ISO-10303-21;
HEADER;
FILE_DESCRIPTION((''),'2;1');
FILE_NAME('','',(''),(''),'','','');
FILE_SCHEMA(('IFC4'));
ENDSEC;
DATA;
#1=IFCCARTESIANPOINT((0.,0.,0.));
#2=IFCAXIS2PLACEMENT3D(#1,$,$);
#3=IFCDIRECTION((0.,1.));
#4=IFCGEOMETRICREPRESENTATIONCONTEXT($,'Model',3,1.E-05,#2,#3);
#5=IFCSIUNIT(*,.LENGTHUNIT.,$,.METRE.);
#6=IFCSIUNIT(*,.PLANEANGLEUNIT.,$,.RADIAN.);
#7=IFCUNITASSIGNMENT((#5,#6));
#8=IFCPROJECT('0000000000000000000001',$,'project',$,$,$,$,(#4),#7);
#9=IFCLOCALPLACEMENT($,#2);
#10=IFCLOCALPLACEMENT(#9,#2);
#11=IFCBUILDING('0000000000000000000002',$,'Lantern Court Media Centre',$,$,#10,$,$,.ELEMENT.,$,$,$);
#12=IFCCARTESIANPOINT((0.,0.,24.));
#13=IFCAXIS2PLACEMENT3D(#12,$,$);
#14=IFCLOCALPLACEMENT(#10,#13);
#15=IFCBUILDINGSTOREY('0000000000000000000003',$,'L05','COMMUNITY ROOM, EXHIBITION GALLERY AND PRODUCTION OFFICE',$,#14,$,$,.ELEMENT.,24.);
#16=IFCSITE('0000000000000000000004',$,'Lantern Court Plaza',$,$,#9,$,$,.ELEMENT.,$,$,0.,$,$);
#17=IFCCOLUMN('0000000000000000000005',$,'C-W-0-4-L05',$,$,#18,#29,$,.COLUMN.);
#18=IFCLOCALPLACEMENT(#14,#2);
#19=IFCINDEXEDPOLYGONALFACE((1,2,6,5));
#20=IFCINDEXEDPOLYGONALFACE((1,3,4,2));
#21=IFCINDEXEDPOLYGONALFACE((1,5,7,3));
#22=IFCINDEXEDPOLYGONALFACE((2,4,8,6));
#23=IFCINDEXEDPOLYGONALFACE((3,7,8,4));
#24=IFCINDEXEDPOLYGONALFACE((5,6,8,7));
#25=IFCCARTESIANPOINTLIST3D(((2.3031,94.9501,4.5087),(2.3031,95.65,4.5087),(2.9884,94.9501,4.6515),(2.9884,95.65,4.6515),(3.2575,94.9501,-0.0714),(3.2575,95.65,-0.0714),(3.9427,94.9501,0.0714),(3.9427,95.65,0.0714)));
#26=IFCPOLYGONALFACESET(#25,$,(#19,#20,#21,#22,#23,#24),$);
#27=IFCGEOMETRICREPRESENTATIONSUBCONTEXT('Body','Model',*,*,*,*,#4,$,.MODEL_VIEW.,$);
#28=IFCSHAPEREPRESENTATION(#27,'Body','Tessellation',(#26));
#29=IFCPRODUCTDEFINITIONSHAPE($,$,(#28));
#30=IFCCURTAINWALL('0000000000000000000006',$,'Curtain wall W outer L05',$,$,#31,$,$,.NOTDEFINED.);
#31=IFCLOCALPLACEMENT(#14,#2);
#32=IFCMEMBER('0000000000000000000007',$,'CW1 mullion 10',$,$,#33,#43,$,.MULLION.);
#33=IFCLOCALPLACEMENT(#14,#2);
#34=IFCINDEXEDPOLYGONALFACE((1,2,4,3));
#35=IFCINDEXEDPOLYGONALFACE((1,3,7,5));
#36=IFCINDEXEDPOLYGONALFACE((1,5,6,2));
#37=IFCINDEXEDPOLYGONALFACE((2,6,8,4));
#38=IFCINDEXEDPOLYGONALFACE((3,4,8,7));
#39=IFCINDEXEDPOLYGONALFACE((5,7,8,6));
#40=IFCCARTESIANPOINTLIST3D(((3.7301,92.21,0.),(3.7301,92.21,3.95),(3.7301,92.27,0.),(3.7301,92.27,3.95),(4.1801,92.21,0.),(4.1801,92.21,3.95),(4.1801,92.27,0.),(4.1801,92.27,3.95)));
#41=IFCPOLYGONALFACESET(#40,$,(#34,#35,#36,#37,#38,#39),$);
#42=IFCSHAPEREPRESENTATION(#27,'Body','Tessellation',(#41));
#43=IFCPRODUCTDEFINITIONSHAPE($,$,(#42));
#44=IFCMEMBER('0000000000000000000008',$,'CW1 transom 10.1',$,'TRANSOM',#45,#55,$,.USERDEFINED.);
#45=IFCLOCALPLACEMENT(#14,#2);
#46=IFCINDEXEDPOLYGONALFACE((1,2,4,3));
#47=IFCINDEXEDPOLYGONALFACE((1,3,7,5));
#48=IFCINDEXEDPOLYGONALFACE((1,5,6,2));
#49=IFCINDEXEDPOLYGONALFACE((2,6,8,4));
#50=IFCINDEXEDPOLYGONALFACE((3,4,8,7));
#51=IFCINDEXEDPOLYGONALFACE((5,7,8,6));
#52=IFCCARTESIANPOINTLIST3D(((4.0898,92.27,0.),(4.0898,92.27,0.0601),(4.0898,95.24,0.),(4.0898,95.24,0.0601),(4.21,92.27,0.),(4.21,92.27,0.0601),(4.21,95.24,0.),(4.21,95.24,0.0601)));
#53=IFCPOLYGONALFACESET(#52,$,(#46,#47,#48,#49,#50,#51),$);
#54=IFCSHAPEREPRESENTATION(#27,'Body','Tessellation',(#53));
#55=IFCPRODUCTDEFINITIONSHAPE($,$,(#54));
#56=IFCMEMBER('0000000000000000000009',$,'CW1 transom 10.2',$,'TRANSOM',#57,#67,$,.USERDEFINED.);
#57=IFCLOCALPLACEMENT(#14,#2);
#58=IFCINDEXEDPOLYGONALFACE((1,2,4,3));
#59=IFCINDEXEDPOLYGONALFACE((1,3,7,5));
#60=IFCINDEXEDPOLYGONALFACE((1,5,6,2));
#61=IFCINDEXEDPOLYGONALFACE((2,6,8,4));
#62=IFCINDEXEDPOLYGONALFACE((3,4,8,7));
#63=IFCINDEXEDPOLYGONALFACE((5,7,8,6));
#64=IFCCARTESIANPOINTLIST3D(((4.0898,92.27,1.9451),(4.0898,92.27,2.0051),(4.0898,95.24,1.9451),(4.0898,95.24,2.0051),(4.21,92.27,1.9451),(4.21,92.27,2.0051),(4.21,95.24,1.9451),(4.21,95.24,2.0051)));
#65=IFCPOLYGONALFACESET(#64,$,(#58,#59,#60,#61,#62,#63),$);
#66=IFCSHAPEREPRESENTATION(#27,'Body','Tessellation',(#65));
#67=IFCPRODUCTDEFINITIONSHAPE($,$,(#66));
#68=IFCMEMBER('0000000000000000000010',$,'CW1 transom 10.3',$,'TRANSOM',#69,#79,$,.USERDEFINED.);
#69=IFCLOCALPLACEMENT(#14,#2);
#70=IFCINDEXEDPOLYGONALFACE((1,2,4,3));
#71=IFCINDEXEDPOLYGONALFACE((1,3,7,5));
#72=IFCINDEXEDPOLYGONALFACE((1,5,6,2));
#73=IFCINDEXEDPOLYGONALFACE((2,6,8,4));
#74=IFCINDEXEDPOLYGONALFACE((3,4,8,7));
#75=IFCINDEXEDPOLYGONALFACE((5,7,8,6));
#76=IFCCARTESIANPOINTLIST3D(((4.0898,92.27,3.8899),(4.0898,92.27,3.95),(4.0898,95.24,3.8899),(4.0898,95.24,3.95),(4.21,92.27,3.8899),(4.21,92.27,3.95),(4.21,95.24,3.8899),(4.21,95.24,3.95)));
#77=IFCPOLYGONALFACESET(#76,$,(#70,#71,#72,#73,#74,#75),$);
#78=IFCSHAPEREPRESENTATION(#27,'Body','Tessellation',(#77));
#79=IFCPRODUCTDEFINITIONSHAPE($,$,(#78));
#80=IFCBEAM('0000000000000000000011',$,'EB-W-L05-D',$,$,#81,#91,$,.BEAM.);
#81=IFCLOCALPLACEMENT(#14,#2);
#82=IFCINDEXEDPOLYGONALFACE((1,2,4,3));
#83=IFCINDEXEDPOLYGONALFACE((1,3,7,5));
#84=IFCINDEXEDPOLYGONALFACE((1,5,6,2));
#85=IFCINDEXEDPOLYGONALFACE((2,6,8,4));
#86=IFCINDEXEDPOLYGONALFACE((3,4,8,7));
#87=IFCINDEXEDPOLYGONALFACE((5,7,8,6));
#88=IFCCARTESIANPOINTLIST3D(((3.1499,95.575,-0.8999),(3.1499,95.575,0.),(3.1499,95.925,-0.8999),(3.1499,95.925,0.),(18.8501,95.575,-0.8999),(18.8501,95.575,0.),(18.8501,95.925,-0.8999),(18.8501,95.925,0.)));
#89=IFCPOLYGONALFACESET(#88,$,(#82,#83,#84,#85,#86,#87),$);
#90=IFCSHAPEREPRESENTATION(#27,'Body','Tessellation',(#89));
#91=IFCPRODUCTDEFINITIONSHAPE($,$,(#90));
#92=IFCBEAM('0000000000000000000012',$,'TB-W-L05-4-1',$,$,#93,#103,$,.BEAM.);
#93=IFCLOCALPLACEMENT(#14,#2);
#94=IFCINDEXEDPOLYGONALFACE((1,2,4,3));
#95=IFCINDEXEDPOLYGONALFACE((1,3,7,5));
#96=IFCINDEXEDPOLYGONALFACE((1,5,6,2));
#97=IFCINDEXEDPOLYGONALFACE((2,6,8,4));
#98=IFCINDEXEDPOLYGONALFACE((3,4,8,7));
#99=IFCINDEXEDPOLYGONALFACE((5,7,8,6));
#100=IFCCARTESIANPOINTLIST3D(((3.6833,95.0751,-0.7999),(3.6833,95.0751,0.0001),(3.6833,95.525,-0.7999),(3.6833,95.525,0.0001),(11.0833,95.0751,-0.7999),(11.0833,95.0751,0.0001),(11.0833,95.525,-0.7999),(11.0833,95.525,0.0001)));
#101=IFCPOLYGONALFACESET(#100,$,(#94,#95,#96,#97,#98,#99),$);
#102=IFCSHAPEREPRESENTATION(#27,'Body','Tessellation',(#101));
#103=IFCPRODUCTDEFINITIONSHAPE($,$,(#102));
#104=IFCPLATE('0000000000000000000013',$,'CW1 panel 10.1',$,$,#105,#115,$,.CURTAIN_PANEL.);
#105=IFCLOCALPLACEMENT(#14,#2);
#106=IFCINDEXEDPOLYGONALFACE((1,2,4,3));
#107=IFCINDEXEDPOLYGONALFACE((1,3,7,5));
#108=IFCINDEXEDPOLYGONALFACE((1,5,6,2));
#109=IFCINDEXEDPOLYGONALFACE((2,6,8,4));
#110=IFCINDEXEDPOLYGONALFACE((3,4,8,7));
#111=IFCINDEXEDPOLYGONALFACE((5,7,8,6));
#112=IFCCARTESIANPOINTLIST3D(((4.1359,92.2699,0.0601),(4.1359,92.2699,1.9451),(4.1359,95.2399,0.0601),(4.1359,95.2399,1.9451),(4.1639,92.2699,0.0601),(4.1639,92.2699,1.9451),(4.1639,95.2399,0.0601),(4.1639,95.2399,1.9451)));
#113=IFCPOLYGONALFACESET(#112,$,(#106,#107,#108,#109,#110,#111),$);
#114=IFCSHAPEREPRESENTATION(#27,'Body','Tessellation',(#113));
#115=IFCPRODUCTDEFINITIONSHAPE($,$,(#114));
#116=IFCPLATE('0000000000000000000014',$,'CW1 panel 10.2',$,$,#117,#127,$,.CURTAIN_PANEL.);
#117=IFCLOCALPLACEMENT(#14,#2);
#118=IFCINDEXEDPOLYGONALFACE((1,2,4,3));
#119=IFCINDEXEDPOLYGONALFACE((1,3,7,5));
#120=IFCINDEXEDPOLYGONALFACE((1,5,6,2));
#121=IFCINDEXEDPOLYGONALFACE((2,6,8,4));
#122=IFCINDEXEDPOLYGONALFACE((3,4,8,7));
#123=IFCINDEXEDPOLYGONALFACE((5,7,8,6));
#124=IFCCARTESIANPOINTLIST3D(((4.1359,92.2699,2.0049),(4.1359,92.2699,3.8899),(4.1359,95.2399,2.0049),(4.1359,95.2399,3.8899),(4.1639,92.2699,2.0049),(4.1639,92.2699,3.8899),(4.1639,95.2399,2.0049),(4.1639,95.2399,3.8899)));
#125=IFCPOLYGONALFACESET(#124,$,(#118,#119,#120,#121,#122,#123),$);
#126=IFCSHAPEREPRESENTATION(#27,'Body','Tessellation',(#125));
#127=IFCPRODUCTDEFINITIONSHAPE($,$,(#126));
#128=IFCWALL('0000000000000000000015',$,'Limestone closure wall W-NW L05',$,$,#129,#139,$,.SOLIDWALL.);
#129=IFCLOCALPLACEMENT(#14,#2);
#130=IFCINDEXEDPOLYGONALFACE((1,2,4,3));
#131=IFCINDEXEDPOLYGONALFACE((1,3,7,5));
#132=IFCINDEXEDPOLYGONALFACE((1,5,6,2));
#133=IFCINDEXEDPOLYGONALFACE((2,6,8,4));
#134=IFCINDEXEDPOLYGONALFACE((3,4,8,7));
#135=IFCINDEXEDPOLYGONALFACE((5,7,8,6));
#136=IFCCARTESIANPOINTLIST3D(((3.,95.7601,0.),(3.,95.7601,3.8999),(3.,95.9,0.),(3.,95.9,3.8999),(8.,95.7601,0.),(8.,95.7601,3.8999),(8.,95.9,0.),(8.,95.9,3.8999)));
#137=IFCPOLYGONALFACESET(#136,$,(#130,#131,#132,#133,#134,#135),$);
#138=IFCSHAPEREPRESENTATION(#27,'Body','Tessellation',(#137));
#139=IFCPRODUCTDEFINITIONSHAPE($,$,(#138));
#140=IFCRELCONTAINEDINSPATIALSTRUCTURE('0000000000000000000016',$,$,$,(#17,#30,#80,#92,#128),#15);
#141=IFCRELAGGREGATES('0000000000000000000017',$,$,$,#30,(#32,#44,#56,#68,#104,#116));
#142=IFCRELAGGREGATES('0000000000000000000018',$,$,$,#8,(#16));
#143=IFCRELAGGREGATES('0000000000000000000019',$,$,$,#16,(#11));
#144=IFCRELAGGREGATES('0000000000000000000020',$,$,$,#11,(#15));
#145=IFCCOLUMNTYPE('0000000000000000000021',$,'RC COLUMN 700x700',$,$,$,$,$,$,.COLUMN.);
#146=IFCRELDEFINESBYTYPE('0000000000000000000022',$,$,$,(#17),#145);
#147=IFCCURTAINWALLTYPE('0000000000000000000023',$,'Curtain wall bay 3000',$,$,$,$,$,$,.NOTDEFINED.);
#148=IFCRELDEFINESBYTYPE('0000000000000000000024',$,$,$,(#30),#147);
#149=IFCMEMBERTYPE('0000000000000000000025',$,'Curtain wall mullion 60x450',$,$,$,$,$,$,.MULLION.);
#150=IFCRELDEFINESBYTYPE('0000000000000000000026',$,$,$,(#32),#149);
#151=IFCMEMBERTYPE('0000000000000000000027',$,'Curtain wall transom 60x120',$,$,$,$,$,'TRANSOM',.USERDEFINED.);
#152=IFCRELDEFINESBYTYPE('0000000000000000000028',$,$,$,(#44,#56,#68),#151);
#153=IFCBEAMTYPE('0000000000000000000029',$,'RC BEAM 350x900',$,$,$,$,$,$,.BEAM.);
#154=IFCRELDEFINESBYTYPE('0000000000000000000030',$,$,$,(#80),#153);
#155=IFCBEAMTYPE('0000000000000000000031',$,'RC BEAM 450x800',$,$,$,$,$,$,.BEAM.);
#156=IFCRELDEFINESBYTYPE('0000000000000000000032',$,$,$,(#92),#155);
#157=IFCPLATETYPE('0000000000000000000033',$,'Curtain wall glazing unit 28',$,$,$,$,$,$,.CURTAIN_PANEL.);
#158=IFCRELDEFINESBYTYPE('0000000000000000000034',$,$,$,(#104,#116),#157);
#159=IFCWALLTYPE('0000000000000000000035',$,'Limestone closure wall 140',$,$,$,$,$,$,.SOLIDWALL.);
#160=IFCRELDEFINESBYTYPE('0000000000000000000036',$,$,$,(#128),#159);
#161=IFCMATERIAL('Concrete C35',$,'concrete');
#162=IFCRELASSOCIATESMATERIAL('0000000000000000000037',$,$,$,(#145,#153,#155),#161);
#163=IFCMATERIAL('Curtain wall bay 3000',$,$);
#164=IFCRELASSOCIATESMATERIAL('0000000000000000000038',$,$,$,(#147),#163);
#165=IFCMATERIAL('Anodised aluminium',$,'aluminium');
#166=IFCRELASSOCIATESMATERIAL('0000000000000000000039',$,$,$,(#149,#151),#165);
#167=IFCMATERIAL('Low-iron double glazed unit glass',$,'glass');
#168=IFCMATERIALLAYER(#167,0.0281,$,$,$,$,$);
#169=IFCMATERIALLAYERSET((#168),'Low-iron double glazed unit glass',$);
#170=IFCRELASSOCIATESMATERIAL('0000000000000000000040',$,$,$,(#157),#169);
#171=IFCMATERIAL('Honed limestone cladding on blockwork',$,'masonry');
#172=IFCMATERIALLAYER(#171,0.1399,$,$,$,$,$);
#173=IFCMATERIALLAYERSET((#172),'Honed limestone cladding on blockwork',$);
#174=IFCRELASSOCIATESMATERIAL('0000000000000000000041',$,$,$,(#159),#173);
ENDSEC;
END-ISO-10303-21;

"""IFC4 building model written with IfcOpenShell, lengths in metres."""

from ifc_helpers import new_model, si_unit, direction, frame, frame_2d, origin, origin_2d, place, context, subcontext, project, spatial, rectangle, extrude, material, layer, layer_set, material_profile, profile_set, type_object, element, aggregate, save


model = new_model("IFC4")

# Units and contexts
model_context = context("Model", 3, precision=1e-05, world=origin(), true_north=direction((0.0, 1.0)))
body_context = subcontext(model_context, "Body", "Model", "MODEL_VIEW")
ifc_project = project(units=[si_unit("LENGTHUNIT", "METRE"), si_unit("PLANEANGLEUNIT", "RADIAN")], contexts=[model_context])

# Site, building, storey
site_placement = place(None, origin())
site = spatial("IfcSite", under=ifc_project, at=site_placement, Name="Lantern Court Plaza", CompositionType="ELEMENT", RefElevation=0.0)
building_placement = place(site_placement, origin())
building = spatial("IfcBuilding", under=site, at=building_placement, Name="Lantern Court Media Centre", CompositionType="ELEMENT")
storey_placement = place(building_placement, frame((0.0, 0.0, 24.0)))
storey = spatial("IfcBuildingStorey", under=building, at=storey_placement, Name="L05", Description="COMMUNITY ROOM, EXHIBITION GALLERY AND PRODUCTION OFFICE", CompositionType="ELEMENT", Elevation=24.0)

# Column
ifc_material_1 = material(Name="Concrete C35", Category="concrete")
ifc_material_profile_1 = material_profile(ifc_material_1, rectangle(XDim=0.7, YDim=0.7, at=origin_2d()), Name="RC 700x700")
ifc_profile_set_1 = profile_set([ifc_material_profile_1], Name="Concrete C35")
column_type = type_object("IfcColumnType", Name="RC COLUMN 700x700", PredefinedType="COLUMN", material=ifc_profile_set_1)
column_placement = place(storey_placement, frame((3.6001, 95.3, 0.0), z_axis=(-0.203988, 0.0, 0.978973), x_axis=(0.0, -1.0, 0.0)))
element("IfcColumn", 1, at=column_placement, inside=storey, type_object=column_type, Name="C-W-0-4-L05", PredefinedType="COLUMN", context=body_context, shape_type="SweptSolid", body=[
    extrude(rectangle(XDim=0.7, YDim=0.7, at=origin_2d()), origin(), (0.0, 0.0, 1.0), 4.6785),
])

# Curtain wall, members
ifc_material_2 = material(Name="Curtain wall bay 3000")
curtain_wall_type = type_object("IfcCurtainWallType", Name="Curtain wall bay 3000", PredefinedType="NOTDEFINED", material=ifc_material_2)
curtain_wall_placement = place(storey_placement, origin())
curtain_wall = element("IfcCurtainWall", 2, at=curtain_wall_placement, inside=storey, type_object=curtain_wall_type, Name="Curtain wall W outer L05", PredefinedType="NOTDEFINED")
ifc_material_3 = material(Name="Anodised aluminium", Category="aluminium")
ifc_material_profile_2 = material_profile(ifc_material_3, rectangle(XDim=0.45, YDim=0.0601, at=origin_2d()), Name="AL 60x450")
ifc_profile_set_2 = profile_set([ifc_material_profile_2], Name="Anodised aluminium")
member_type_1 = type_object("IfcMemberType", Name="Curtain wall mullion 60x450", PredefinedType="MULLION", material=ifc_profile_set_2)
member_1_placement = place(storey_placement, frame((3.9551, 92.24, 0.0), z_axis=(0.0, 0.0, 1.0), x_axis=(-1.0, 0.0, 0.0)))
member_1 = element("IfcMember", 3, at=member_1_placement, type_object=member_type_1, Name="CW1 mullion 10", PredefinedType="MULLION", context=body_context, shape_type="SweptSolid", body=[
    extrude(rectangle(XDim=0.45, YDim=0.0601, at=origin_2d()), origin(), (0.0, 0.0, 1.0), 3.95),
])
ifc_material_profile_3 = material_profile(ifc_material_3, rectangle(XDim=0.1201, YDim=0.0601, at=origin_2d()), Name="AL 60x120")
ifc_profile_set_3 = profile_set([ifc_material_profile_3], Name="Anodised aluminium")
member_type_2 = type_object("IfcMemberType", Name="Curtain wall transom 60x120", ElementType="TRANSOM", PredefinedType="USERDEFINED", material=ifc_profile_set_3)
member_2_placement = place(storey_placement, frame((4.1499, 92.27, 0.03), z_axis=(0.0, 1.0, 0.0), x_axis=(-1.0, 0.0, 0.0)))
member_2 = element("IfcMember", 4, at=member_2_placement, type_object=member_type_2, Name="CW1 transom 10.1", ObjectType="TRANSOM", PredefinedType="USERDEFINED", context=body_context, shape_type="SweptSolid", body=[
    extrude(rectangle(XDim=0.1201, YDim=0.0601, at=origin_2d()), origin(), (0.0, 0.0, 1.0), 2.97),
])
member_3_placement = place(storey_placement, frame((4.1499, 92.27, 1.9751), z_axis=(0.0, 1.0, 0.0), x_axis=(-1.0, 0.0, 0.0)))
member_3 = element("IfcMember", 5, at=member_3_placement, type_object=member_type_2, Name="CW1 transom 10.2", ObjectType="TRANSOM", PredefinedType="USERDEFINED", context=body_context, shape_type="SweptSolid", body=[
    extrude(rectangle(XDim=0.1201, YDim=0.0601, at=origin_2d()), origin(), (0.0, 0.0, 1.0), 2.97),
])
member_4_placement = place(storey_placement, frame((4.1499, 92.27, 3.9199), z_axis=(0.0, 1.0, 0.0), x_axis=(-1.0, 0.0, 0.0)))
member_4 = element("IfcMember", 6, at=member_4_placement, type_object=member_type_2, Name="CW1 transom 10.3", ObjectType="TRANSOM", PredefinedType="USERDEFINED", context=body_context, shape_type="SweptSolid", body=[
    extrude(rectangle(XDim=0.1201, YDim=0.0601, at=origin_2d()), origin(), (0.0, 0.0, 1.0), 2.97),
])

# Beams
ifc_material_profile_4 = material_profile(ifc_material_1, rectangle(XDim=0.3501, YDim=0.8999, at=origin_2d()), Name="RC 350x900")
ifc_profile_set_4 = profile_set([ifc_material_profile_4], Name="Concrete C35")
beam_type_1 = type_object("IfcBeamType", Name="RC BEAM 350x900", PredefinedType="BEAM", material=ifc_profile_set_4)
beam_1_placement = place(storey_placement, frame((3.1499, 95.75, -0.45), z_axis=(1.0, 0.0, 0.0), x_axis=(0.0, 1.0, 0.0)))
element("IfcBeam", 7, at=beam_1_placement, inside=storey, type_object=beam_type_1, Name="EB-W-L05-D", PredefinedType="BEAM", context=body_context, shape_type="SweptSolid", body=[
    extrude(rectangle(XDim=0.3501, YDim=0.8999, at=origin_2d()), origin(), (0.0, 0.0, 1.0), 15.7002),
])
ifc_material_profile_5 = material_profile(ifc_material_1, rectangle(XDim=0.45, YDim=0.8, at=origin_2d()), Name="RC 450x800")
ifc_profile_set_5 = profile_set([ifc_material_profile_5], Name="Concrete C35")
beam_type_2 = type_object("IfcBeamType", Name="RC BEAM 450x800", PredefinedType="BEAM", material=ifc_profile_set_5)
beam_2_placement = place(storey_placement, frame((3.6833, 95.3, -0.3999), z_axis=(1.0, 0.0, 0.0), x_axis=(0.0, 1.0, 0.0)))
element("IfcBeam", 8, at=beam_2_placement, inside=storey, type_object=beam_type_2, Name="TB-W-L05-4-1", PredefinedType="BEAM", context=body_context, shape_type="SweptSolid", body=[
    extrude(rectangle(XDim=0.45, YDim=0.8, at=origin_2d()), origin(), (0.0, 0.0, 1.0), 7.3999),
])

# Plates
ifc_material_4 = material(Name="Low-iron double glazed unit glass", Category="glass")
ifc_layer_1 = layer(ifc_material_4, 0.0281)
ifc_layer_set_1 = layer_set([ifc_layer_1], Name="Low-iron double glazed unit glass")
plate_type = type_object("IfcPlateType", Name="Curtain wall glazing unit 28", PredefinedType="CURTAIN_PANEL", material=ifc_layer_set_1)
plate_1_placement = place(storey_placement, frame((4.1499, 93.7549, 0.0601), z_axis=(0.0, 0.0, 1.0), x_axis=(0.0, 1.0, 0.0)))
plate_1 = element("IfcPlate", 9, at=plate_1_placement, type_object=plate_type, Name="CW1 panel 10.1", PredefinedType="CURTAIN_PANEL", context=body_context, shape_type="SweptSolid", body=[
    extrude(rectangle(XDim=2.97, YDim=0.0281, at=origin_2d()), origin(), (0.0, 0.0, 1.0), 1.885),
])
plate_2_placement = place(storey_placement, frame((4.1499, 93.7549, 2.0049), z_axis=(0.0, 0.0, 1.0), x_axis=(0.0, 1.0, 0.0)))
plate_2 = element("IfcPlate", 10, at=plate_2_placement, type_object=plate_type, Name="CW1 panel 10.2", PredefinedType="CURTAIN_PANEL", context=body_context, shape_type="SweptSolid", body=[
    extrude(rectangle(XDim=2.97, YDim=0.0281, at=origin_2d()), origin(), (0.0, 0.0, 1.0), 1.885),
])
aggregate(curtain_wall, [member_1, member_2, member_3, member_4, plate_1, plate_2])

# Wall
ifc_material_5 = material(Name="Honed limestone cladding on blockwork", Category="masonry")
ifc_layer_2 = layer(ifc_material_5, 0.1399)
ifc_layer_set_2 = layer_set([ifc_layer_2], Name="Honed limestone cladding on blockwork")
wall_type = type_object("IfcWallType", Name="Limestone closure wall 140", PredefinedType="SOLIDWALL", material=ifc_layer_set_2)
wall_placement = place(storey_placement, frame((3.0, 95.8301, 0.0), z_axis=(0.0, 0.0, 1.0), x_axis=(1.0, 0.0, 0.0)))
element("IfcWall", 11, at=wall_placement, inside=storey, type_object=wall_type, Name="Limestone closure wall W-NW L05", PredefinedType="SOLIDWALL", context=body_context, shape_type="SweptSolid", body=[
    extrude(rectangle(XDim=5.0, YDim=0.1399, at=frame_2d((2.5, 0.0))), origin(), (0.0, 0.0, 1.0), 3.8999),
])

save(model, "model.ifc")
